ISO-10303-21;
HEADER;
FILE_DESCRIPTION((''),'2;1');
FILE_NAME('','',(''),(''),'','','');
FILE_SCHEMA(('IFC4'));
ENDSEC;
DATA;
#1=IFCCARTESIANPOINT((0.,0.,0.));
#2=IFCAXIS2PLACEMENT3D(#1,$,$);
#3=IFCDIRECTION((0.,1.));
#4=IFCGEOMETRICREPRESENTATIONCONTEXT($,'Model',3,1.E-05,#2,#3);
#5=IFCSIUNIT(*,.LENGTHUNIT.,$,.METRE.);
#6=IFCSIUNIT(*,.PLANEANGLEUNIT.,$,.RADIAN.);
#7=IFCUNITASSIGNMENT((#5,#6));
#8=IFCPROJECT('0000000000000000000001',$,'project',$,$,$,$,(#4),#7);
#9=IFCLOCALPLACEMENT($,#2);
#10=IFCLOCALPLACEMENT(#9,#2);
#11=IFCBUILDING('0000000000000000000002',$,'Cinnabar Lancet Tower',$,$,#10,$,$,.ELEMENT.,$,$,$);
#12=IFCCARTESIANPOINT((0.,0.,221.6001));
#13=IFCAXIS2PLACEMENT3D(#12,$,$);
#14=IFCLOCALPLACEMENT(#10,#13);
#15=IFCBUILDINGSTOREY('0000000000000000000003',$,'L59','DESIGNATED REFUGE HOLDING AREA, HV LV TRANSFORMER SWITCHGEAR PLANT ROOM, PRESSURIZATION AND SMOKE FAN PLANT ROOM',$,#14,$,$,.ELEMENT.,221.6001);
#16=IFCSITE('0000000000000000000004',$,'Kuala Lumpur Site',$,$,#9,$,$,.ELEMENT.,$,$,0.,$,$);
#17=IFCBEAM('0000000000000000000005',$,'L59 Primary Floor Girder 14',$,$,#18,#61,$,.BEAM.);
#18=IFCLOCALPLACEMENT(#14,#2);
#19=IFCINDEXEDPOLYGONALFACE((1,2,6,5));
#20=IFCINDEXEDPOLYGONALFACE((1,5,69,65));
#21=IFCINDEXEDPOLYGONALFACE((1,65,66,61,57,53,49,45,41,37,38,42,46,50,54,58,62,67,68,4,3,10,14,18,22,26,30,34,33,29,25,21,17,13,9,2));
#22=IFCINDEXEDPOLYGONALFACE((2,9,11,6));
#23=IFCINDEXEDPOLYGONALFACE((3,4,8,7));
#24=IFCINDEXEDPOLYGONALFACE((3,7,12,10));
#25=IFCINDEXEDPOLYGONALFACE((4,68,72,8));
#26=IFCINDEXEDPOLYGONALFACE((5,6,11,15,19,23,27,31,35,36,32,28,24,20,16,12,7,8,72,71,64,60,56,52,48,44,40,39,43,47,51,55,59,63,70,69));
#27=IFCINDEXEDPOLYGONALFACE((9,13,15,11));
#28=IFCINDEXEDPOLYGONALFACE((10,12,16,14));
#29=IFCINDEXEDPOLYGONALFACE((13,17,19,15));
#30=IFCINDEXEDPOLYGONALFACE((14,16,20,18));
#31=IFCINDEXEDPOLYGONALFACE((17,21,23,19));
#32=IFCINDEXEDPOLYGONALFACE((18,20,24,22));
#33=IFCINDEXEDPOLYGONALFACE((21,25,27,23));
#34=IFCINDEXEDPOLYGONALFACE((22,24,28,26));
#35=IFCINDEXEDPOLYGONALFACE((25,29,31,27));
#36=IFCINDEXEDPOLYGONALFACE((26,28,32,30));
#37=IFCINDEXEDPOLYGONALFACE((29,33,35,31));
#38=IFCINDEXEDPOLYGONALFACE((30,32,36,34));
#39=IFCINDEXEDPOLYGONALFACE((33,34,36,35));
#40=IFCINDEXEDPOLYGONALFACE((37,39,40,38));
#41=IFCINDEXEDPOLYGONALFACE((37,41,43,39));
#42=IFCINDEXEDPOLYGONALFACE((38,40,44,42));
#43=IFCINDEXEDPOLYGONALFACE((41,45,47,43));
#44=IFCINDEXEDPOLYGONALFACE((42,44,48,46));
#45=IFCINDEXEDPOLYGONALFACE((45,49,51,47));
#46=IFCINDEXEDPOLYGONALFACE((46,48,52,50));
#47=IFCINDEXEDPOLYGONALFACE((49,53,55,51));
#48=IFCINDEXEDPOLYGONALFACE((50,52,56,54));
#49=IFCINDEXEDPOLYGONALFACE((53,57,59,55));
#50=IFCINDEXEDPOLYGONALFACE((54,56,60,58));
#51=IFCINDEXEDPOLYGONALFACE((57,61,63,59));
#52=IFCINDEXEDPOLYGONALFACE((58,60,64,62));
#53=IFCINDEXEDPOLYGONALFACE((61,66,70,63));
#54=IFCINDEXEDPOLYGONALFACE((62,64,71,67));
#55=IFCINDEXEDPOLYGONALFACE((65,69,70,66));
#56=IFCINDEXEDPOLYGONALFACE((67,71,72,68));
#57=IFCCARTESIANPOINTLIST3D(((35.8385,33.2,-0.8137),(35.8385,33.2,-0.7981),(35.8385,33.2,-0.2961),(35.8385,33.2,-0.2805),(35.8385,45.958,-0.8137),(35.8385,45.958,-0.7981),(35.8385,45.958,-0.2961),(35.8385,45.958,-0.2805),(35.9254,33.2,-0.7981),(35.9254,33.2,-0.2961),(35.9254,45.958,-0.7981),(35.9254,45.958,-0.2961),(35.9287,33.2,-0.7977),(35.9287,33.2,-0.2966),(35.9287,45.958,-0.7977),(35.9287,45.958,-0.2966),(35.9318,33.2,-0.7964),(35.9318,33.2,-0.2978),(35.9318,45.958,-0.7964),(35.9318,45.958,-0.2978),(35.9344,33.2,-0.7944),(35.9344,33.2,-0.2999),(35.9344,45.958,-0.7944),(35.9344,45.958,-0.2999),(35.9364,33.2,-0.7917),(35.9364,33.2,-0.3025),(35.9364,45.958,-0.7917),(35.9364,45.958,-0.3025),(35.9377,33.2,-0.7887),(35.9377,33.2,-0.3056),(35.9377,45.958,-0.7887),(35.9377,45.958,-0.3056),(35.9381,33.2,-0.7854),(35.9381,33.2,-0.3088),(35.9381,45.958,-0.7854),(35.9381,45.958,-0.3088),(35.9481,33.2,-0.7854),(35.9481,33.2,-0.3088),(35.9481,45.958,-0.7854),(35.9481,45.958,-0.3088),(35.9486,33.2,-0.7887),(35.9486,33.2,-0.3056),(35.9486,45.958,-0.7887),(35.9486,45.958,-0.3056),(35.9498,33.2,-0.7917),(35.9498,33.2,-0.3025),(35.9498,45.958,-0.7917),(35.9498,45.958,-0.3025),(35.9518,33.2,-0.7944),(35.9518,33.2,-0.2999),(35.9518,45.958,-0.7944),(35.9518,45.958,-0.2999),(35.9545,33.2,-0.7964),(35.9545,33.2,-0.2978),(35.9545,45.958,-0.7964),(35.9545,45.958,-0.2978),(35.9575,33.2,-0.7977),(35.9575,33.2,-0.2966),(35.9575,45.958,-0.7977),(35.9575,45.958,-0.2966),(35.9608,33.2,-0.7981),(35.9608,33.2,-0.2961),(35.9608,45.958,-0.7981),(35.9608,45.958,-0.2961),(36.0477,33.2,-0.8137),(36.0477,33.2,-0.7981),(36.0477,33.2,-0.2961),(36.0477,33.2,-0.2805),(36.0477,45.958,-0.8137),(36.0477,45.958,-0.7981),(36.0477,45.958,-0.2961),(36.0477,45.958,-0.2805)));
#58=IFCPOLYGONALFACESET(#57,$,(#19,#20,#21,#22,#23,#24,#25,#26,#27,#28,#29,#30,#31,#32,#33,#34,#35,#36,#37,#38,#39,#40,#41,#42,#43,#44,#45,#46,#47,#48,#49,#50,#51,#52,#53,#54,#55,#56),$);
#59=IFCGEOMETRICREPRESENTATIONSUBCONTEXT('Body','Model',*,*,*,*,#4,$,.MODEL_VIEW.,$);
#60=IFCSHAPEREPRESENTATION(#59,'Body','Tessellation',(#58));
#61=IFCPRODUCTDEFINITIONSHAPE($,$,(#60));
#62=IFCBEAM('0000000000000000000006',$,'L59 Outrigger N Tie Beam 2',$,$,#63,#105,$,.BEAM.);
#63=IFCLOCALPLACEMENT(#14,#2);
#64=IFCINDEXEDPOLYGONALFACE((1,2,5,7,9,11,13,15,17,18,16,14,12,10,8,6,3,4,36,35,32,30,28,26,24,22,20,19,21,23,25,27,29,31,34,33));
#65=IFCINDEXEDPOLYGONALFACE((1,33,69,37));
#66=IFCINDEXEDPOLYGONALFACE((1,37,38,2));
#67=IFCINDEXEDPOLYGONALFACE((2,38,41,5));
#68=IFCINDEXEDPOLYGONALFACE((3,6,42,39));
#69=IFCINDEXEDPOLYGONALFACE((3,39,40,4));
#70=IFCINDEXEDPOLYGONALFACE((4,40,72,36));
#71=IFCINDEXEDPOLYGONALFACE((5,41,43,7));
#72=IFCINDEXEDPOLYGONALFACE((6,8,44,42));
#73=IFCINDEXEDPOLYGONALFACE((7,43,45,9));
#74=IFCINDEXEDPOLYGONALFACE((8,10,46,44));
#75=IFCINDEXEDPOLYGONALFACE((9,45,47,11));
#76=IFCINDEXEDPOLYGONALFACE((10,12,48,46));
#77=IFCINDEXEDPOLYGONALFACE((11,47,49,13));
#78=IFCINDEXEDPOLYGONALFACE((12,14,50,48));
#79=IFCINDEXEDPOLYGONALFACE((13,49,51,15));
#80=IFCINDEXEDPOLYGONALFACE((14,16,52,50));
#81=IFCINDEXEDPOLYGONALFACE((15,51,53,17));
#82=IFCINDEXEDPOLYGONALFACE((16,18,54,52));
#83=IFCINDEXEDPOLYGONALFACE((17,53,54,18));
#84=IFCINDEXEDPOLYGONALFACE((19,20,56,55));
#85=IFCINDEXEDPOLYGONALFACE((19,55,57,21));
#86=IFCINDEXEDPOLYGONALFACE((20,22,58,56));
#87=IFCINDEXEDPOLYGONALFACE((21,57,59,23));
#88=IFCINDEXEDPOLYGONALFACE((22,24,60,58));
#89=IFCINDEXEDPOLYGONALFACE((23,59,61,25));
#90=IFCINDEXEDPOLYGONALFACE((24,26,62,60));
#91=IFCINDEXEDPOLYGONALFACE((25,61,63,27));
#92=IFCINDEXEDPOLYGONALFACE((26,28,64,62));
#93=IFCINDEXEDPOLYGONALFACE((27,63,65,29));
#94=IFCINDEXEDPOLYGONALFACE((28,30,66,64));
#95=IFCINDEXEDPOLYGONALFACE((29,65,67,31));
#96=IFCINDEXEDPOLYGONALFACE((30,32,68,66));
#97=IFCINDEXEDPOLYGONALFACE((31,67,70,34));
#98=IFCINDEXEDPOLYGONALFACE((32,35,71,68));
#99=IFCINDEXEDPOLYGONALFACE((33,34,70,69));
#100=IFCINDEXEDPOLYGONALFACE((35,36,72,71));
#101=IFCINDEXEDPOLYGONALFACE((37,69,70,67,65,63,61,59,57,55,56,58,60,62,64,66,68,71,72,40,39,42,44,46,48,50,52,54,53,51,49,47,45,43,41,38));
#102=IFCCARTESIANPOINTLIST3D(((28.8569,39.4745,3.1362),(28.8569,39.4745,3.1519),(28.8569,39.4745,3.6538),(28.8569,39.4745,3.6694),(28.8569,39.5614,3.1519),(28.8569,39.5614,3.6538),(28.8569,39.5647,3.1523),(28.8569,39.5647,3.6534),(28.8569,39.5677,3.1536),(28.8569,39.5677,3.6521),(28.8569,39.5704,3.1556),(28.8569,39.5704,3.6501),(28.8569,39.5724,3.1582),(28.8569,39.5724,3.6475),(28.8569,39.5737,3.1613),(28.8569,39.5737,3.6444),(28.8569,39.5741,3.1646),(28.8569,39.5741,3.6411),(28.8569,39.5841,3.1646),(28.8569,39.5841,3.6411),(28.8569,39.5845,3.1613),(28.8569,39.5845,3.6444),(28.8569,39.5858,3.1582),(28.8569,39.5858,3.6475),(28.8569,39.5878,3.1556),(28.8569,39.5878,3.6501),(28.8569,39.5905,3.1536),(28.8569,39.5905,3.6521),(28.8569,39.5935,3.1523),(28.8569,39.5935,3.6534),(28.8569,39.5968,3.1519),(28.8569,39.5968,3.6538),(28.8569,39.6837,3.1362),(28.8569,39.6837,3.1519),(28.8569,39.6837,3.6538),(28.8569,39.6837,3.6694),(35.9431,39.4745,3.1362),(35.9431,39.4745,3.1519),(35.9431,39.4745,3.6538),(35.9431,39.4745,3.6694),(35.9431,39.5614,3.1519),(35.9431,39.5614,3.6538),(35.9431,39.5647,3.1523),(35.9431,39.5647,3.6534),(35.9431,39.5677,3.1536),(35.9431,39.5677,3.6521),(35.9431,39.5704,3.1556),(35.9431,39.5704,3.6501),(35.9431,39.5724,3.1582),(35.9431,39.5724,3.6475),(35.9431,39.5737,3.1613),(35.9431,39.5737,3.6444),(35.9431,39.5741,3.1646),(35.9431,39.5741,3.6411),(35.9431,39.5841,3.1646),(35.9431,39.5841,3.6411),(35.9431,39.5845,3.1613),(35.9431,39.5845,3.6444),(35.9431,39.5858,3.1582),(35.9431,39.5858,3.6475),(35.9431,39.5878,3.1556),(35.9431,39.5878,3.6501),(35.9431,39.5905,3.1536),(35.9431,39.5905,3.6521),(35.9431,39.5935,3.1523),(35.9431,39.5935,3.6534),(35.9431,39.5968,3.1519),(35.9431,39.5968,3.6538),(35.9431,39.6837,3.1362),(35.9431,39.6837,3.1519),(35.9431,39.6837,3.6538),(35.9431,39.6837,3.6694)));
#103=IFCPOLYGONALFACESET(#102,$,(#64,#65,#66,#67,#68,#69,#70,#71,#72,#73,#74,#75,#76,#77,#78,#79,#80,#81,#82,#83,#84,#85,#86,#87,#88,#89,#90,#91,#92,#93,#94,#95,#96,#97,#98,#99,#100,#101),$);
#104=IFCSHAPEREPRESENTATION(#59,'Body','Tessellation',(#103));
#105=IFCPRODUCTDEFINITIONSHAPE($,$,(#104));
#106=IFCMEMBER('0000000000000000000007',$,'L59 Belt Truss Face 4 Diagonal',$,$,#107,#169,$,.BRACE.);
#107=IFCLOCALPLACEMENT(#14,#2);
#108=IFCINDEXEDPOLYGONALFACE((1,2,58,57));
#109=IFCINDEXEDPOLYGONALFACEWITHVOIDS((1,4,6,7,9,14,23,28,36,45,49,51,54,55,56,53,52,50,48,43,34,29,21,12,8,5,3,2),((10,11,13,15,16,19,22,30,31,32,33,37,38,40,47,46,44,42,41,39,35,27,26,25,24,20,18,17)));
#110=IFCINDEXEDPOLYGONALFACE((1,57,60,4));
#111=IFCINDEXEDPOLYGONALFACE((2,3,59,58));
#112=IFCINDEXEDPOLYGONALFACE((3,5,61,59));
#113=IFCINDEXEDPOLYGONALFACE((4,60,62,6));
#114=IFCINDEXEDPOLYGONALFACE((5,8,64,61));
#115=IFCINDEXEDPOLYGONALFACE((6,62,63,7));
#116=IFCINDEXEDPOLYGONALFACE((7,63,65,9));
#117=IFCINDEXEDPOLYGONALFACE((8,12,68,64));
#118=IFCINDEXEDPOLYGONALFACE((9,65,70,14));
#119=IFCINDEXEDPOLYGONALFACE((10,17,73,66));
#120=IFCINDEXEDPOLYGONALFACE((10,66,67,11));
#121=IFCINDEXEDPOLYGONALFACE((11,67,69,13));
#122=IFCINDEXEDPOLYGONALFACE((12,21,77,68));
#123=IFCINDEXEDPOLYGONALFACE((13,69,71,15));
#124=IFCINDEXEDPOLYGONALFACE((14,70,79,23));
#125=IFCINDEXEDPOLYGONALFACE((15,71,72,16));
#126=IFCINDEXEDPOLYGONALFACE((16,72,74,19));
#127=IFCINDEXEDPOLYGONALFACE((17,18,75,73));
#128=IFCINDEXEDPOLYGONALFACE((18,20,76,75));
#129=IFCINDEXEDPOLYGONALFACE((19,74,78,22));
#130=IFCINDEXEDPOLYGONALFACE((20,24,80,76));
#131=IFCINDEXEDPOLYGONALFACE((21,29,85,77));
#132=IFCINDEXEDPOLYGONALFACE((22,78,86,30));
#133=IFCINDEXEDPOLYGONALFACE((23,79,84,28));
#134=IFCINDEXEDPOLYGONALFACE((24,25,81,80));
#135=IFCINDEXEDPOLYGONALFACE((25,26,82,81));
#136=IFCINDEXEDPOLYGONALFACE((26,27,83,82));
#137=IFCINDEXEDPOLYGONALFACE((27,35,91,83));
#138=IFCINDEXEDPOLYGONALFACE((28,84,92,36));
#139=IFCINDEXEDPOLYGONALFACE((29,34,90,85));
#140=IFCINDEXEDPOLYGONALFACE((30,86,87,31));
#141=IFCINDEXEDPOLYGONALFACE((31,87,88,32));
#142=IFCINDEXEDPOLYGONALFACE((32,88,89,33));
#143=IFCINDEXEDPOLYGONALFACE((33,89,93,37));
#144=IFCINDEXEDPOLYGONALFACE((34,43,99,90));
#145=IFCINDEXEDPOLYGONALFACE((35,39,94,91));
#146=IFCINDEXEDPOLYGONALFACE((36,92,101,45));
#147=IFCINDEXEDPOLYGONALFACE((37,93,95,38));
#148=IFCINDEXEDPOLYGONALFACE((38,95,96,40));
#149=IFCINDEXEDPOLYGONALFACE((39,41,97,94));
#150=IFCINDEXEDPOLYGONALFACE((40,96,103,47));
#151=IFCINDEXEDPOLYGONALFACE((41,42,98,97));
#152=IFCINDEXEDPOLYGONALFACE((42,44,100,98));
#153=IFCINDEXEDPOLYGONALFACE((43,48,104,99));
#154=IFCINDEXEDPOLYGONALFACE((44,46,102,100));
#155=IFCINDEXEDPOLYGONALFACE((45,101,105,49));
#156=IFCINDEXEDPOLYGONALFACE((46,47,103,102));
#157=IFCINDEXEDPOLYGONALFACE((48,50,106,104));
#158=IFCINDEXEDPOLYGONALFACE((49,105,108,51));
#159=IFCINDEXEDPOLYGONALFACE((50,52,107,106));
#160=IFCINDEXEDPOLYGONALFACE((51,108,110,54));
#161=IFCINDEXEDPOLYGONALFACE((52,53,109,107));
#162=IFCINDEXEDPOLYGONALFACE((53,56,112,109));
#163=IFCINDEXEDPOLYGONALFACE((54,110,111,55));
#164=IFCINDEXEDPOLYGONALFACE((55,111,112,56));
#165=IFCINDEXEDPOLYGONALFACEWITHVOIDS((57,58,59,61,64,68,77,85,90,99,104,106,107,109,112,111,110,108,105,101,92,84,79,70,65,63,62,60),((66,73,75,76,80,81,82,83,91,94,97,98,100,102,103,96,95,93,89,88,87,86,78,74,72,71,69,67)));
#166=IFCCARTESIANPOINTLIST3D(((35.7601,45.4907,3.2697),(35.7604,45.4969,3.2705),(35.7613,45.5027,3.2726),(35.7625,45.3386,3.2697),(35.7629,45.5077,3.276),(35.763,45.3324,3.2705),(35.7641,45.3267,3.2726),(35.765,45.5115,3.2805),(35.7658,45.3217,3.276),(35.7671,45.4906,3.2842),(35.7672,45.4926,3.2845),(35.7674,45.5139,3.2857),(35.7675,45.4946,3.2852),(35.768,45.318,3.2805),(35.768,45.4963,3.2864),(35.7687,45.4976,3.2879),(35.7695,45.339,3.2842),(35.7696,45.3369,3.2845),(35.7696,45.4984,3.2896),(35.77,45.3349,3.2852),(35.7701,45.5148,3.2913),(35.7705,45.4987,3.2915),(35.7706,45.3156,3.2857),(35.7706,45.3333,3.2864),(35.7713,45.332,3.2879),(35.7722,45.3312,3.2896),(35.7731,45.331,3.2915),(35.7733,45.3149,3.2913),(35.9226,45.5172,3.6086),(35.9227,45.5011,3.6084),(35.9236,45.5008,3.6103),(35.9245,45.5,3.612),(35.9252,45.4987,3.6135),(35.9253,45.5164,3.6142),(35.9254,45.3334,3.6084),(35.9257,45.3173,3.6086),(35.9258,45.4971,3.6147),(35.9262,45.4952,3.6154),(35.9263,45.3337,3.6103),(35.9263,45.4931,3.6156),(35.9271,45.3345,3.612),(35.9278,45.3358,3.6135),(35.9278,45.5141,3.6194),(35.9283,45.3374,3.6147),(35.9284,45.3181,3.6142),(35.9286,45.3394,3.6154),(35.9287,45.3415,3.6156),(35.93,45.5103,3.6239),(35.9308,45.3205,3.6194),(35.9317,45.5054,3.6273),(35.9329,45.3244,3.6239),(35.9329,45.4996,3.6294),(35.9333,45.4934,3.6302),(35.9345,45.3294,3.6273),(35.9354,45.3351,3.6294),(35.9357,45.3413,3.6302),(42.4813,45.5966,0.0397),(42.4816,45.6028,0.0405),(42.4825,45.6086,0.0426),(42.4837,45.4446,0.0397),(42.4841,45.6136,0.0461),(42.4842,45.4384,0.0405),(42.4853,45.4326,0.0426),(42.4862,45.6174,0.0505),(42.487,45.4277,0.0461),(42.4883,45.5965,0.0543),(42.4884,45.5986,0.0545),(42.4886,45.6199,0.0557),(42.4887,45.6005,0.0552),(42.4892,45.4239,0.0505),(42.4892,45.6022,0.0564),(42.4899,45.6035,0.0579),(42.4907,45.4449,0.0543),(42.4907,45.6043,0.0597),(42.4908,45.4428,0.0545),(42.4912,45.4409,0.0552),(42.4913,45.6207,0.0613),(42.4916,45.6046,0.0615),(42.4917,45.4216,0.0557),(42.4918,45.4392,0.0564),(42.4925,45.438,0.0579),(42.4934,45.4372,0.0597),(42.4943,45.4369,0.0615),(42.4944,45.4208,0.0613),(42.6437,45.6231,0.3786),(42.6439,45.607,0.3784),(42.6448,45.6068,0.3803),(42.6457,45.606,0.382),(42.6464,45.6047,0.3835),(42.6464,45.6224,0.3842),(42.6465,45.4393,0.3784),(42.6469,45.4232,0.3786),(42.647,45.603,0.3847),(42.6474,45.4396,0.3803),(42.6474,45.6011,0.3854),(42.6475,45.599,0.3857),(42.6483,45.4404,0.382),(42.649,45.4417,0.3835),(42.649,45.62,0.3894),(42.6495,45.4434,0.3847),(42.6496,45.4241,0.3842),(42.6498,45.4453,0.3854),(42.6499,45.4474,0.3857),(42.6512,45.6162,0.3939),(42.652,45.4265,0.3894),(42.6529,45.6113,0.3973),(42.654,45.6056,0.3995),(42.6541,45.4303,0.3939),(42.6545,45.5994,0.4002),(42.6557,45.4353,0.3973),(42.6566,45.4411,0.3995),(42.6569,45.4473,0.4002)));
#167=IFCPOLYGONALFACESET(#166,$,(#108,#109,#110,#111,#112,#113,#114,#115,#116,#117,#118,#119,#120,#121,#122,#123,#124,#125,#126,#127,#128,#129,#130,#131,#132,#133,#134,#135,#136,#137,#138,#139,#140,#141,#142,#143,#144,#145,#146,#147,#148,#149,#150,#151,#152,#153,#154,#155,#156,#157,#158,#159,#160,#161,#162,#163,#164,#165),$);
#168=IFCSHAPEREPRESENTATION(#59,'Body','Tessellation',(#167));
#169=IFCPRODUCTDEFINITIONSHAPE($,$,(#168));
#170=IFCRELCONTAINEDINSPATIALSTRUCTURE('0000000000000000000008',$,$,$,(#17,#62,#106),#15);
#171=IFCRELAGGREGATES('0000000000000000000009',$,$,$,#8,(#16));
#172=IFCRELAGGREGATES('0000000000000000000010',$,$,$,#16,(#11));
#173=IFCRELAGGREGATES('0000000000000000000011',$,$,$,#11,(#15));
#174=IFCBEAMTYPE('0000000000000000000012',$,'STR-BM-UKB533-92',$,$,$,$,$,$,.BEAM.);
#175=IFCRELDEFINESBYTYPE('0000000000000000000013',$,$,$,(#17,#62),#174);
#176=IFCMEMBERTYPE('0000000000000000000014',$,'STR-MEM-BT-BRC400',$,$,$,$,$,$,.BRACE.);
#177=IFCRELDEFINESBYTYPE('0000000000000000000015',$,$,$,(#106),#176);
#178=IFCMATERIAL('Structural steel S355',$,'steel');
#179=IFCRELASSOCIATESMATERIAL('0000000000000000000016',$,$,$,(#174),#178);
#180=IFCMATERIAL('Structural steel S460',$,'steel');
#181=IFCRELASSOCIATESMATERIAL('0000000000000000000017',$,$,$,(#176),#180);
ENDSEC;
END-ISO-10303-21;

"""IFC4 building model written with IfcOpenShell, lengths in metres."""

from ifc_helpers import new_model, si_unit, direction, frame, origin, origin_2d, place, context, subcontext, project, spatial, hollow_rectangle, i_section, extrude, material, material_profile, profile_set, type_object, element, save


model = new_model("IFC4")

# Units and contexts
model_context = context("Model", 3, precision=1e-05, world=origin(), true_north=direction((0.0, 1.0)))
body_context = subcontext(model_context, "Body", "Model", "MODEL_VIEW")
ifc_project = project(units=[si_unit("LENGTHUNIT", "METRE"), si_unit("PLANEANGLEUNIT", "RADIAN")], contexts=[model_context])

# Site, building, storey
site_placement = place(None, origin())
site = spatial("IfcSite", under=ifc_project, at=site_placement, Name="Kuala Lumpur Site", CompositionType="ELEMENT", RefElevation=0.0)
building_placement = place(site_placement, origin())
building = spatial("IfcBuilding", under=site, at=building_placement, Name="Cinnabar Lancet Tower", CompositionType="ELEMENT")
storey_placement = place(building_placement, frame((0.0, 0.0, 221.6001)))
storey = spatial("IfcBuildingStorey", under=building, at=storey_placement, Name="L59", Description="DESIGNATED REFUGE HOLDING AREA, HV LV TRANSFORMER SWITCHGEAR PLANT ROOM, PRESSURIZATION AND SMOKE FAN PLANT ROOM", CompositionType="ELEMENT", Elevation=221.6001)

# Beams
ifc_material_1 = material(Name="Structural steel S355", Category="steel")
ifc_material_profile_1 = material_profile(ifc_material_1, i_section(OverallWidth=0.2092, OverallDepth=0.5332, WebThickness=0.01, FlangeThickness=0.0156, FilletRadius=0.0127, at=origin_2d()), Name="UKB 533x210x92")
ifc_profile_set_1 = profile_set([ifc_material_profile_1], Name="Structural steel S355")
beam_type_1 = type_object("IfcBeamType", Name="STR-BM-UKB533-92", PredefinedType="BEAM", material=ifc_profile_set_1)
beam_1_placement = place(storey_placement, frame((35.9431, 45.958, -0.5471), z_axis=(0.0, -1.0, 0.0), x_axis=(1.0, 0.0, 0.0)))
element("IfcBeam", 1, at=beam_1_placement, inside=storey, type_object=beam_type_1, Name="L59 Primary Floor Girder 14", PredefinedType="BEAM", context=body_context, shape_type="SweptSolid", body=[
    extrude(i_section(OverallWidth=0.2092, OverallDepth=0.5332, WebThickness=0.01, FlangeThickness=0.0156, FilletRadius=0.0127, at=origin_2d()), origin(), (0.0, 0.0, 1.0), 12.7581),
])
beam_2_placement = place(storey_placement, frame((35.9431, 39.5791, 3.4028), z_axis=(-1.0, 0.0, 0.0), x_axis=(0.0, -1.0, 0.0)))
element("IfcBeam", 2, at=beam_2_placement, inside=storey, type_object=beam_type_1, Name="L59 Outrigger N Tie Beam 2", PredefinedType="BEAM", context=body_context, shape_type="SweptSolid", body=[
    extrude(i_section(OverallWidth=0.2092, OverallDepth=0.5332, WebThickness=0.01, FlangeThickness=0.0156, FilletRadius=0.0127, at=origin_2d()), origin(), (0.0, 0.0, 1.0), 7.0862),
])

# Member
ifc_material_2 = material(Name="Structural steel S460", Category="steel")
ifc_material_profile_2 = material_profile(ifc_material_2, hollow_rectangle(XDim=0.2, YDim=0.3999, WallThickness=0.0161, InnerFilletRadius=0.0081, OuterFilletRadius=0.0239, at=origin_2d()), Name="RHS 400x200x16")
ifc_profile_set_2 = profile_set([ifc_material_profile_2], Name="Structural steel S460")
member_type_1 = type_object("IfcMemberType", Name="STR-MEM-BT-BRC400", PredefinedType="BRACE", material=ifc_profile_set_2)
member_1_placement = place(storey_placement, frame((42.5691, 45.522, 0.22), z_axis=(-0.901233, -0.014208, 0.433102), x_axis=(0.015763, -0.999876, 0.0)))
element("IfcMember", 3, at=member_1_placement, inside=storey, type_object=member_type_1, Name="L59 Belt Truss Face 4 Diagonal", PredefinedType="BRACE", context=body_context, shape_type="SweptSolid", body=[
    extrude(hollow_rectangle(XDim=0.2, YDim=0.3999, WallThickness=0.0161, InnerFilletRadius=0.0081, OuterFilletRadius=0.0239, at=origin_2d()), origin(), (0.0, 0.0, 1.0), 7.4578),
])

save(model, "model.ifc")
